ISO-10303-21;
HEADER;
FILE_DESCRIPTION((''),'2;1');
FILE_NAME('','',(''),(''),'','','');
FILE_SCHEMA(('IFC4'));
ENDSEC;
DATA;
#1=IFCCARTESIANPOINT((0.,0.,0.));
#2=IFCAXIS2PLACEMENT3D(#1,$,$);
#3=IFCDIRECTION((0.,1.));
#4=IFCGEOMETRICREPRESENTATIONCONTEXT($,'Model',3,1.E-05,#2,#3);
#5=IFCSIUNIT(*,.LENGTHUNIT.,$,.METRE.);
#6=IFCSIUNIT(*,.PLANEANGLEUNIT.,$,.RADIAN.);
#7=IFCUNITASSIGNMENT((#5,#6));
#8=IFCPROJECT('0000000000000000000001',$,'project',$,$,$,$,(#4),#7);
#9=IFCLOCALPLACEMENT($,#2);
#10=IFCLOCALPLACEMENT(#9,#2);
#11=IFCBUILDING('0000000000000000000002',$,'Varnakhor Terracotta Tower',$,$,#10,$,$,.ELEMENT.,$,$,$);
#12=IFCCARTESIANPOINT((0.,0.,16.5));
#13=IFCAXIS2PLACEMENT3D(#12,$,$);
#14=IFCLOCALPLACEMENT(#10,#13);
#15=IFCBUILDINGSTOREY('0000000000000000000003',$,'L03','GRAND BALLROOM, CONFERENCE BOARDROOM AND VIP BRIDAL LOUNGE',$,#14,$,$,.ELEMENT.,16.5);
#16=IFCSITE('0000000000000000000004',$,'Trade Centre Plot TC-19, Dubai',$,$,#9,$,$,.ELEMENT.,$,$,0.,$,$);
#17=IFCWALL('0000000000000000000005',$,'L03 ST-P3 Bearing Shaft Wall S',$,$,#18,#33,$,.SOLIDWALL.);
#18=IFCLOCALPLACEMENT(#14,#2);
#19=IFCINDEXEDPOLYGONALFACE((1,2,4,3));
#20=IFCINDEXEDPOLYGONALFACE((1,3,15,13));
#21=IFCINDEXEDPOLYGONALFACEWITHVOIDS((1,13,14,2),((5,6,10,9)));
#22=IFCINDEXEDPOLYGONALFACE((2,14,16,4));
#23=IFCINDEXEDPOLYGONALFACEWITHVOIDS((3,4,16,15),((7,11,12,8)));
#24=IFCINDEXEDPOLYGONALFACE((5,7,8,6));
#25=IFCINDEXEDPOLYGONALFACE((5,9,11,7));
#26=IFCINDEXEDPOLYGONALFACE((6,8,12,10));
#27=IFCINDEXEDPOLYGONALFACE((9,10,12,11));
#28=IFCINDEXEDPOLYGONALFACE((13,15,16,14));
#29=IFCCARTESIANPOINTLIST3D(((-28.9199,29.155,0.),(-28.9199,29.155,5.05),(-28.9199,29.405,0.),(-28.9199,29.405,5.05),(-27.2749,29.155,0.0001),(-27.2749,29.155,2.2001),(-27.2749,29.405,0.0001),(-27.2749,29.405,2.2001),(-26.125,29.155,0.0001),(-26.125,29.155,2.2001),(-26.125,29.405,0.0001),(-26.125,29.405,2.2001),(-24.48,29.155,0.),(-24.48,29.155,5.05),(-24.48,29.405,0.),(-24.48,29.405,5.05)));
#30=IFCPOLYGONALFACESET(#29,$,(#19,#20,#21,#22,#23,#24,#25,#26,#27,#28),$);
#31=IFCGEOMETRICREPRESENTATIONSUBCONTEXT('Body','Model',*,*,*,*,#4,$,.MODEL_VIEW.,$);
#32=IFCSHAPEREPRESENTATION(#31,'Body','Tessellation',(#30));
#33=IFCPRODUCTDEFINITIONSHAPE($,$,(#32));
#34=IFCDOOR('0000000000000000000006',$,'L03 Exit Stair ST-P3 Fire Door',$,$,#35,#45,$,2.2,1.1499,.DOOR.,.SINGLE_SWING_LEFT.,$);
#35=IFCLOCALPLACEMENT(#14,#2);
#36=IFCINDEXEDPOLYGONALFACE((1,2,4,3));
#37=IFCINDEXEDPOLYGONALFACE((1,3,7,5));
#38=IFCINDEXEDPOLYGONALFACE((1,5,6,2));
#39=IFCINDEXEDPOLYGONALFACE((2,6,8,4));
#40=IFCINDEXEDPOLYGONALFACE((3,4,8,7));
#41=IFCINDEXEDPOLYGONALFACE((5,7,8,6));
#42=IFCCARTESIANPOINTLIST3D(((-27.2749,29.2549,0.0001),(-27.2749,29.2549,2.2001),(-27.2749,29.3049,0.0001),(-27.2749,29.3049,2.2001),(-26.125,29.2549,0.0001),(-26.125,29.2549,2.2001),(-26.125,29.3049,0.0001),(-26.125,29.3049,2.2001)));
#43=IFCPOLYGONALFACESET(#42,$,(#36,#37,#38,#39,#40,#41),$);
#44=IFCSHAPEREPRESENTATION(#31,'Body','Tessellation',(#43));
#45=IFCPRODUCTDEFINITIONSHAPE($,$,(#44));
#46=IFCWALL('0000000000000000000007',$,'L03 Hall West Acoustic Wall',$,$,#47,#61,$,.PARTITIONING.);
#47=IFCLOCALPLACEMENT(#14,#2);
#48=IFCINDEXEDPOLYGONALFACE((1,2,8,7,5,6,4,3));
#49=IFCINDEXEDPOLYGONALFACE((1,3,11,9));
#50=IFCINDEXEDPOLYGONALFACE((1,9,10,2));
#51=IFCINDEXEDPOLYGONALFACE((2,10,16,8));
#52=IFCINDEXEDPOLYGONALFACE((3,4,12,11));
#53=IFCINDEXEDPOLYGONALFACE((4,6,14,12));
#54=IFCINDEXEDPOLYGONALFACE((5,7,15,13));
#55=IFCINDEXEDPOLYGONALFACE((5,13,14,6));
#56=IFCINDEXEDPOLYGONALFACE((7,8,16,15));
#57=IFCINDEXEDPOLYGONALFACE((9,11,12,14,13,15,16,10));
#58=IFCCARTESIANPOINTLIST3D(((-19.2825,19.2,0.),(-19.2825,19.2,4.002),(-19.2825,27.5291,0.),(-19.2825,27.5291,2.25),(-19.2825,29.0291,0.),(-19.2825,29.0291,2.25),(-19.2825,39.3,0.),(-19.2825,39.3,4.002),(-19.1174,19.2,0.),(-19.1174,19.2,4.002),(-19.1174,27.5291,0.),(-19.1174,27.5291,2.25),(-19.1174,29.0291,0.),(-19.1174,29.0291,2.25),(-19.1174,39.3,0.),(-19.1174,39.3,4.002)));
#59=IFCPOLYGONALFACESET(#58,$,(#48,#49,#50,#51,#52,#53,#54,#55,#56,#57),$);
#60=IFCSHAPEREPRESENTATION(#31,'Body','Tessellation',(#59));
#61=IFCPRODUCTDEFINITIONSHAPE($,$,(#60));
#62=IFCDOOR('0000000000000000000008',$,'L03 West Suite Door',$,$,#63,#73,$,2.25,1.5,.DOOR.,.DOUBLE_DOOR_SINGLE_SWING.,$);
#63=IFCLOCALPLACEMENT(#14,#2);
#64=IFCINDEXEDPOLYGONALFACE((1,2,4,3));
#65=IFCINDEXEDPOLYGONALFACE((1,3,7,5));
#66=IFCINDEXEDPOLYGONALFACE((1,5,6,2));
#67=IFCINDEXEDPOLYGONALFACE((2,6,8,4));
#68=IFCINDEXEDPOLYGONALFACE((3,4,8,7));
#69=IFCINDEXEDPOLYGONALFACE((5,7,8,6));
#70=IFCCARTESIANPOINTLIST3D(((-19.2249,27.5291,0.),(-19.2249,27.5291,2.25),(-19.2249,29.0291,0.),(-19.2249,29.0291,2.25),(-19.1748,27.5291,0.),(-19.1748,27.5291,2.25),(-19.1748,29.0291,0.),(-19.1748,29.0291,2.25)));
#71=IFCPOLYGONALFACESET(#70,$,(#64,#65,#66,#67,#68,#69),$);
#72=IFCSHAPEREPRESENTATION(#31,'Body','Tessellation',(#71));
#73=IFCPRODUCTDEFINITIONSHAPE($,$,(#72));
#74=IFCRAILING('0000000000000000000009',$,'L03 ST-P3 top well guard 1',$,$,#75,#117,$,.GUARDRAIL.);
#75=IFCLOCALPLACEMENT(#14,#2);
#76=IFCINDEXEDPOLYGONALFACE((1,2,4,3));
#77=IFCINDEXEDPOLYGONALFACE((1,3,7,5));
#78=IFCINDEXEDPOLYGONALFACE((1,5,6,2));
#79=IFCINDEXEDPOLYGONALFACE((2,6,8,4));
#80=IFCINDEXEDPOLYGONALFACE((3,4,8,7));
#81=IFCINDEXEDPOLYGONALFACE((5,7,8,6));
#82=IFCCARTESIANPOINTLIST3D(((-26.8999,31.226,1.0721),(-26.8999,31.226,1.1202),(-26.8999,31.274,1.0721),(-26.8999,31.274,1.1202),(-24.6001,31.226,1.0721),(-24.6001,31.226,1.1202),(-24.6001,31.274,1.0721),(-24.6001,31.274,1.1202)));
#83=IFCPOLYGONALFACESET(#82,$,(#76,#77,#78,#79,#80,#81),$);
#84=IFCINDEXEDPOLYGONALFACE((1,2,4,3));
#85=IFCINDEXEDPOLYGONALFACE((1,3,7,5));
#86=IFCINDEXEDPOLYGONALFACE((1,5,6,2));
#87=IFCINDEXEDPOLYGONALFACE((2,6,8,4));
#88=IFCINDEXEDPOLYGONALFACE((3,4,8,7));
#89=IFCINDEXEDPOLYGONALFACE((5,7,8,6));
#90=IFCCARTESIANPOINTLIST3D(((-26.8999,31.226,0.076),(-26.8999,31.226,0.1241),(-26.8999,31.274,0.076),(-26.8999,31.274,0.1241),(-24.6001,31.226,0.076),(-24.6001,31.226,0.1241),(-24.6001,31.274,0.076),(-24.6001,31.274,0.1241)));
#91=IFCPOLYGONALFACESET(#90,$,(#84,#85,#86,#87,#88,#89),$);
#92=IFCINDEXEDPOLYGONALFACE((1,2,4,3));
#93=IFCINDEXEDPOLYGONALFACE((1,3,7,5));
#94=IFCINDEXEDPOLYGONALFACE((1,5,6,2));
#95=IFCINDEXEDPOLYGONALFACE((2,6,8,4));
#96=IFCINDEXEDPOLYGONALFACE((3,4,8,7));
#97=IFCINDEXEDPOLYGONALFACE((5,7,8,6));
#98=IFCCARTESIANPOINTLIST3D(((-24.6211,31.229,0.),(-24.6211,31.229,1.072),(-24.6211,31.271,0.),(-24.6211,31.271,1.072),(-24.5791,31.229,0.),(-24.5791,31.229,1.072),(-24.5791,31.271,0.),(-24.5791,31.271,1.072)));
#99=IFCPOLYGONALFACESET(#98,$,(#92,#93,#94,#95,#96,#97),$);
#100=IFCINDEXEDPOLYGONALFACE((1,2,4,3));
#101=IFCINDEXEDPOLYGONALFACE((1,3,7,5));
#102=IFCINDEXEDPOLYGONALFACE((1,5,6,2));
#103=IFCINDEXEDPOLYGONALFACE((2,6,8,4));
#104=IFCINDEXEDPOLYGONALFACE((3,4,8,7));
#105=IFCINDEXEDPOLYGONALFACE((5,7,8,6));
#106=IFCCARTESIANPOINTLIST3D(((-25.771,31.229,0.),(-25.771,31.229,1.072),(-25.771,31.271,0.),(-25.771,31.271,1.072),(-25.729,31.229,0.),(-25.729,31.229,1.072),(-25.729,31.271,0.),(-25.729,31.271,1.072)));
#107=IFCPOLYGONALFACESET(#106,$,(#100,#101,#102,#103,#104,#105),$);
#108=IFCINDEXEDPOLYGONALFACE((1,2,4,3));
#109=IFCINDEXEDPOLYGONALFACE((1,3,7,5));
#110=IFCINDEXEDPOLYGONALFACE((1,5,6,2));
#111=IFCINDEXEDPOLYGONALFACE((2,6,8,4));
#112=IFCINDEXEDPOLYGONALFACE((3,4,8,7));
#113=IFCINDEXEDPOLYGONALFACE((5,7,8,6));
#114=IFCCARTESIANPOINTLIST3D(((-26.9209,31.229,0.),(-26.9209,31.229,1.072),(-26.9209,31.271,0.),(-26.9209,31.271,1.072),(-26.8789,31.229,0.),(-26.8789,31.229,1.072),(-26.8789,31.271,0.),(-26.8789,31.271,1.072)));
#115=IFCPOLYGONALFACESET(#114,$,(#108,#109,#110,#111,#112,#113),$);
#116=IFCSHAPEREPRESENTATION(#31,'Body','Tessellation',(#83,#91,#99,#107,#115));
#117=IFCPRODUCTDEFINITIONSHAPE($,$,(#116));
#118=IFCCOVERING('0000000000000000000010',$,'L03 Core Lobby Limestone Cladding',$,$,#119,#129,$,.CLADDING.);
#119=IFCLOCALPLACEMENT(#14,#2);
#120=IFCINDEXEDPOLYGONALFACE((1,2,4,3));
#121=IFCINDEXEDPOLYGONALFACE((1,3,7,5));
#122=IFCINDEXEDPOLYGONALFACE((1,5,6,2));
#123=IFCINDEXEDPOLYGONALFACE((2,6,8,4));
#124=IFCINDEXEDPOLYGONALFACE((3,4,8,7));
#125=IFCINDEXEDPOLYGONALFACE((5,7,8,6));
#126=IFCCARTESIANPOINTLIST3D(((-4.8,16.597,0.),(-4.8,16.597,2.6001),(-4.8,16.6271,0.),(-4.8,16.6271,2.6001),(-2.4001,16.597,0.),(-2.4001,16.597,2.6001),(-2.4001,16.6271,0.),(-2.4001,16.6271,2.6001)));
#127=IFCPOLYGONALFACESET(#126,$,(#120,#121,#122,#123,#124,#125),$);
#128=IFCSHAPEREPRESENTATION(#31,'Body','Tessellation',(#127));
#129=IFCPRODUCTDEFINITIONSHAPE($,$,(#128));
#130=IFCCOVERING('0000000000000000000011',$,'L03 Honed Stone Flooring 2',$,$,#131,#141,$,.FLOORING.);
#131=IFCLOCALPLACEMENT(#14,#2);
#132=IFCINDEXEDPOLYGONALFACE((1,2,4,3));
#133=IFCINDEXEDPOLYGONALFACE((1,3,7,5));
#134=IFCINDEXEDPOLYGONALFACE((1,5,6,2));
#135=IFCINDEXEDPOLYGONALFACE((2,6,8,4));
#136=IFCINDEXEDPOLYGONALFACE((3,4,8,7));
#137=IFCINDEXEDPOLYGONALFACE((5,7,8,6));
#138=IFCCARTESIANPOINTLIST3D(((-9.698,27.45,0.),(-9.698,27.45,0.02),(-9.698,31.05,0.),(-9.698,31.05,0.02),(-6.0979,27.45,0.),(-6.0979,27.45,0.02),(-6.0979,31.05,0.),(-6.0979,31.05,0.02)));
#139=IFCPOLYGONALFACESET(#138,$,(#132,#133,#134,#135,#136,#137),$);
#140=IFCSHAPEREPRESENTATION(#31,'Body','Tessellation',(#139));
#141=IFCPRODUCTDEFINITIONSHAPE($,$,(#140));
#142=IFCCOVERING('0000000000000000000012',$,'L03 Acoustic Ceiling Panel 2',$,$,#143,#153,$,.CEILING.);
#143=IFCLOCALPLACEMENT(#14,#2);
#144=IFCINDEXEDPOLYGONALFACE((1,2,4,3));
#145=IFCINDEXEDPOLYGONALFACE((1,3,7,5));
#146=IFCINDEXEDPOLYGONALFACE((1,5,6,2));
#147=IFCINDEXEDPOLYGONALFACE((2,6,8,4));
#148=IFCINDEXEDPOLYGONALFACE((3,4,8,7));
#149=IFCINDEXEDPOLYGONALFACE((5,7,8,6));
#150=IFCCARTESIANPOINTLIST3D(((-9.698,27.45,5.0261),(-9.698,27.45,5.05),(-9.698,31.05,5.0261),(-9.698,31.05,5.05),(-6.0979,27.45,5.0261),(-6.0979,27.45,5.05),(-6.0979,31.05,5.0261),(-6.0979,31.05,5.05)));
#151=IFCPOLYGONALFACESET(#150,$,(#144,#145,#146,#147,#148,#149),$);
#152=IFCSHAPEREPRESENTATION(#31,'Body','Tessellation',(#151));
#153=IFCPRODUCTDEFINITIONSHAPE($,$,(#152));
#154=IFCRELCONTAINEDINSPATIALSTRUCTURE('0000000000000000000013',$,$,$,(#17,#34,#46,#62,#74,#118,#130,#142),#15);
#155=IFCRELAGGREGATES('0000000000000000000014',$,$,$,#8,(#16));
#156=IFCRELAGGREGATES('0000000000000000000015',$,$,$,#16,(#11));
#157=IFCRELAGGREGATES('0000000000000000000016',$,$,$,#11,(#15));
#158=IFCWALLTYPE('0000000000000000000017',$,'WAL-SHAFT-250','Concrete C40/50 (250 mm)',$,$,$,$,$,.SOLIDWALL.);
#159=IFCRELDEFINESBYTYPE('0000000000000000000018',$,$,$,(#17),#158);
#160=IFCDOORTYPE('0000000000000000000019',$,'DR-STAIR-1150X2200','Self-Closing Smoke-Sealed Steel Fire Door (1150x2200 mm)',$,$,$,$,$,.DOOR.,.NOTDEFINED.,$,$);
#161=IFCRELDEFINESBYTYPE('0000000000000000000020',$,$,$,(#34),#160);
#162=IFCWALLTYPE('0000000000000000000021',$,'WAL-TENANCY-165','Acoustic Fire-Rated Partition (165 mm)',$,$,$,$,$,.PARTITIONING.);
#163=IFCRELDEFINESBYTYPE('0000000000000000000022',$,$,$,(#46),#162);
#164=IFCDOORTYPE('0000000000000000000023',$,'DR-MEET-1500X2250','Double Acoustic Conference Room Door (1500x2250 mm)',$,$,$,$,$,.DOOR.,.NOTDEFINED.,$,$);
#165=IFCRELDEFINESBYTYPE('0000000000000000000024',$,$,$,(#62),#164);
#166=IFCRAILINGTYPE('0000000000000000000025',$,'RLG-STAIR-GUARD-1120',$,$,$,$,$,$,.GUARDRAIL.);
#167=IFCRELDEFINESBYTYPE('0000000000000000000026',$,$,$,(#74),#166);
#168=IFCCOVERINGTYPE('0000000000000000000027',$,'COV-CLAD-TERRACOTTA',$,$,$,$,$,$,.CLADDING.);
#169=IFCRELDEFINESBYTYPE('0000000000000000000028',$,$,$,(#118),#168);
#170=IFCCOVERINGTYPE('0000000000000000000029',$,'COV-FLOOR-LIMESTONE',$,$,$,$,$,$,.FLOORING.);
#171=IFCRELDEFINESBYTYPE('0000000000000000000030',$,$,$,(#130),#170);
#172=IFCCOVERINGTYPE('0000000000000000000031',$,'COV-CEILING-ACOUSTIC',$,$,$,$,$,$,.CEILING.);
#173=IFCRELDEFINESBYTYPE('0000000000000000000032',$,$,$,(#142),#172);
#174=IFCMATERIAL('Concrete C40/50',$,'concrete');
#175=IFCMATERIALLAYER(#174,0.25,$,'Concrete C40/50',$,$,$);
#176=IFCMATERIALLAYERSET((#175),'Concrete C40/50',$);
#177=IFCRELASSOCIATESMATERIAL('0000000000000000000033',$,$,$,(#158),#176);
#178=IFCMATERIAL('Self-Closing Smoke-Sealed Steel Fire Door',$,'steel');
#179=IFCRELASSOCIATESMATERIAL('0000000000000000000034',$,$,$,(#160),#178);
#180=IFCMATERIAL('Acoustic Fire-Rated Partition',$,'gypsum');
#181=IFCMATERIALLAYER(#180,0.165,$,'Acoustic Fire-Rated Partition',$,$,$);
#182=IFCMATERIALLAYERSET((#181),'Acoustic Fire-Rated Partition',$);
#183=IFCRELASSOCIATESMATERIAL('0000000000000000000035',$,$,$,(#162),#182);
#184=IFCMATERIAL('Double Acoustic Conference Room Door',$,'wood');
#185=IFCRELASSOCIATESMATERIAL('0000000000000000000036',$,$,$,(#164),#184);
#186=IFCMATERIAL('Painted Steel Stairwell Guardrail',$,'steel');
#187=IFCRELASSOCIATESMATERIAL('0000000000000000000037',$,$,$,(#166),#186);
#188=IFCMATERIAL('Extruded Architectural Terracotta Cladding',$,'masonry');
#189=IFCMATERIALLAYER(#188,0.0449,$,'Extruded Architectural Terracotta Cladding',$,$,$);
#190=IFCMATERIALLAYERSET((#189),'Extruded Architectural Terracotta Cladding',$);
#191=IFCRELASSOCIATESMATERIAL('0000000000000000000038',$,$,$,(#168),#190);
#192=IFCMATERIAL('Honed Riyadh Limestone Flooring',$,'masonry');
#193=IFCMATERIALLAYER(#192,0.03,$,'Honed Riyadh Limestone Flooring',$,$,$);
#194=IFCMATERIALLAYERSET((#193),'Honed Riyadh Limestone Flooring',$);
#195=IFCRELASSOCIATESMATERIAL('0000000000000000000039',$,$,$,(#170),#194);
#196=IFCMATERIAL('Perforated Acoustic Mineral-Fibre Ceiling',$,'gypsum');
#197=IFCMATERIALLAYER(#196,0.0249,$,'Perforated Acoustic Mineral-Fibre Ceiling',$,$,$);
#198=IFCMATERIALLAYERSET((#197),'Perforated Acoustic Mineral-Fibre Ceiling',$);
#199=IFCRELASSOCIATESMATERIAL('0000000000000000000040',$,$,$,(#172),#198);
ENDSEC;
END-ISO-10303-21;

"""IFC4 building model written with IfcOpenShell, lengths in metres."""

from ifc_helpers import new_model, si_unit, direction, frame, frame_2d, origin, origin_2d, place, context, subcontext, project, spatial, rectangle, extrude, source, transform, mapped, material, layer, layer_set, type_object, type_shapes, element, fill, save


model = new_model("IFC4")

# Units and contexts
model_context = context("Model", 3, precision=1e-05, world=origin(), true_north=direction((0.0, 1.0)))
body_context = subcontext(model_context, "Body", "Model", "MODEL_VIEW")
ifc_project = project(units=[si_unit("LENGTHUNIT", "METRE"), si_unit("PLANEANGLEUNIT", "RADIAN")], contexts=[model_context])

# Site, building, storey
site_placement = place(None, origin())
site = spatial("IfcSite", under=ifc_project, at=site_placement, Name="Trade Centre Plot TC-19, Dubai", CompositionType="ELEMENT", RefElevation=0.0)
building_placement = place(site_placement, origin())
building = spatial("IfcBuilding", under=site, at=building_placement, Name="Varnakhor Terracotta Tower", CompositionType="ELEMENT")
storey_placement = place(building_placement, frame((0.0, 0.0, 16.5)))
storey = spatial("IfcBuildingStorey", under=building, at=storey_placement, Name="L03", Description="GRAND BALLROOM, CONFERENCE BOARDROOM AND VIP BRIDAL LOUNGE", CompositionType="ELEMENT", Elevation=16.5)

# Shared definitions
ifc_material_1 = material(Name="Concrete C40/50", Category="concrete")
ifc_layer_1 = layer(ifc_material_1, 0.25, Name="Concrete C40/50")
ifc_layer_set_1 = layer_set([ifc_layer_1], Name="Concrete C40/50")
wall_type_1 = type_object("IfcWallType", Name="WAL-SHAFT-250", Description="Concrete C40/50 (250 mm)", PredefinedType="SOLIDWALL", material=ifc_layer_set_1)

# Walls, openings, doors
wall_1_placement = place(storey_placement, frame((-28.9199, 29.28, 0.0), z_axis=(0.0, 0.0, 1.0), x_axis=(1.0, 0.0, 0.0)))
wall_1 = element("IfcWall", 1, at=wall_1_placement, inside=storey, type_object=wall_type_1, Name="L03 ST-P3 Bearing Shaft Wall S", PredefinedType="SOLIDWALL", context=body_context, shape_type="SweptSolid", body=[
    extrude(rectangle(XDim=4.4399, YDim=0.25, at=frame_2d((2.22, 0.0))), origin(), (0.0, 0.0, 1.0), 5.05),
])
opening_1_placement = place(wall_1_placement, frame((1.645, 0.0, 0.0)))
opening_1 = element("IfcOpeningElement", 2, at=opening_1_placement, cuts=wall_1, PredefinedType="OPENING", context=body_context, shape_type="SweptSolid", body=[
    extrude(rectangle(XDim=1.1499, YDim=2.2, at=frame_2d((0.575, 1.1001))), frame((0.0, 0.135, 0.0), z_axis=(0.0, -1.0, 0.0), x_axis=(1.0, 0.0, 0.0)), (0.0, 0.0, 1.0), 0.27),
])
ifc_material_2 = material(Name="Self-Closing Smoke-Sealed Steel Fire Door", Category="steel")
door_type_1 = type_object("IfcDoorType", Name="DR-STAIR-1150X2200", Description="Self-Closing Smoke-Sealed Steel Fire Door (1150x2200 mm)", OperationType="NOTDEFINED", PredefinedType="DOOR", material=ifc_material_2)
shared_shape_1 = source(origin(), body_context, "Body", "SweptSolid", [
    extrude(rectangle(XDim=1.1499, YDim=2.2, at=frame_2d((0.575, 1.1001))), frame((0.0, 0.0249, 0.0), z_axis=(0.0, -1.0, 0.0), x_axis=(1.0, 0.0, 0.0)), (0.0, 0.0, 1.0), 0.05),
])
type_shapes(door_type_1, [shared_shape_1])
door_1_placement = place(opening_1_placement, origin())
door_1 = element("IfcDoor", 3, at=door_1_placement, inside=storey, type_object=door_type_1, Name="L03 Exit Stair ST-P3 Fire Door", OperationType="SINGLE_SWING_LEFT", OverallHeight=2.2, OverallWidth=1.1499, PredefinedType="DOOR", context=body_context, shape_type="MappedRepresentation", body=[
    mapped(shared_shape_1, transform((0.0, 0.0, 0.0), scale=1.0)),
])
fill(opening_1, door_1)
ifc_material_3 = material(Name="Acoustic Fire-Rated Partition", Category="gypsum")
ifc_layer_2 = layer(ifc_material_3, 0.165, Name="Acoustic Fire-Rated Partition")
ifc_layer_set_2 = layer_set([ifc_layer_2], Name="Acoustic Fire-Rated Partition")
wall_type_2 = type_object("IfcWallType", Name="WAL-TENANCY-165", Description="Acoustic Fire-Rated Partition (165 mm)", PredefinedType="PARTITIONING", material=ifc_layer_set_2)
wall_2_placement = place(storey_placement, frame((-19.2, 19.2, 0.0), z_axis=(0.0, 0.0, 1.0), x_axis=(0.0, 1.0, 0.0)))
wall_2 = element("IfcWall", 4, at=wall_2_placement, inside=storey, type_object=wall_type_2, Name="L03 Hall West Acoustic Wall", PredefinedType="PARTITIONING", context=body_context, shape_type="SweptSolid", body=[
    extrude(rectangle(XDim=20.1001, YDim=0.165, at=frame_2d((10.05, 0.0))), origin(), (0.0, 0.0, 1.0), 4.002),
])
opening_2_placement = place(wall_2_placement, frame((8.3291, 0.0, 0.0)))
opening_2 = element("IfcOpeningElement", 5, at=opening_2_placement, cuts=wall_2, PredefinedType="OPENING", context=body_context, shape_type="SweptSolid", body=[
    extrude(rectangle(XDim=1.5, YDim=2.25, at=frame_2d((0.75, 1.125))), frame((0.0, 0.0925, 0.0), z_axis=(0.0, -1.0, 0.0), x_axis=(1.0, 0.0, 0.0)), (0.0, 0.0, 1.0), 0.1851),
])
ifc_material_4 = material(Name="Double Acoustic Conference Room Door", Category="wood")
door_type_2 = type_object("IfcDoorType", Name="DR-MEET-1500X2250", Description="Double Acoustic Conference Room Door (1500x2250 mm)", OperationType="NOTDEFINED", PredefinedType="DOOR", material=ifc_material_4)
shared_shape_2 = source(origin(), body_context, "Body", "SweptSolid", [
    extrude(rectangle(XDim=1.5, YDim=2.25, at=frame_2d((0.75, 1.125))), frame((0.0, 0.0249, 0.0), z_axis=(0.0, -1.0, 0.0), x_axis=(1.0, 0.0, 0.0)), (0.0, 0.0, 1.0), 0.05),
])
type_shapes(door_type_2, [shared_shape_2])
door_2_placement = place(opening_2_placement, origin())
door_2 = element("IfcDoor", 6, at=door_2_placement, inside=storey, type_object=door_type_2, Name="L03 West Suite Door", OperationType="DOUBLE_DOOR_SINGLE_SWING", OverallHeight=2.25, OverallWidth=1.5, PredefinedType="DOOR", context=body_context, shape_type="MappedRepresentation", body=[
    mapped(shared_shape_2, transform((0.0, 0.0, 0.0), scale=1.0)),
])
fill(opening_2, door_2)

# Railing
ifc_material_5 = material(Name="Painted Steel Stairwell Guardrail", Category="steel")
railing_type = type_object("IfcRailingType", Name="RLG-STAIR-GUARD-1120", PredefinedType="GUARDRAIL", material=ifc_material_5)
railing_placement = place(storey_placement, frame((-24.6001, 31.25, 0.0)))
element("IfcRailing", 7, at=railing_placement, inside=storey, type_object=railing_type, Name="L03 ST-P3 top well guard 1", PredefinedType="GUARDRAIL", context=body_context, shape_type="SweptSolid", body=[
    extrude(rectangle(XDim=0.0481, YDim=0.0481, at=origin_2d()), frame((0.0, 0.0, 1.0962), z_axis=(-1.0, 0.0, 0.0), x_axis=(0.0, -1.0, 0.0)), (0.0, 0.0, 1.0), 2.2998),
    extrude(rectangle(XDim=0.0481, YDim=0.0481, at=origin_2d()), frame((0.0, 0.0, 0.1001), z_axis=(-1.0, 0.0, 0.0), x_axis=(0.0, -1.0, 0.0)), (0.0, 0.0, 1.0), 2.2998),
    extrude(rectangle(XDim=0.042, YDim=0.042, at=origin_2d()), origin(), (0.0, 0.0, 1.0), 1.072),
    extrude(rectangle(XDim=0.042, YDim=0.042, at=origin_2d()), frame((-1.1499, 0.0, 0.0)), (0.0, 0.0, 1.0), 1.072),
    extrude(rectangle(XDim=0.042, YDim=0.042, at=origin_2d()), frame((-2.2998, 0.0, 0.0)), (0.0, 0.0, 1.0), 1.072),
])

# Coverings
ifc_material_6 = material(Name="Extruded Architectural Terracotta Cladding", Category="masonry")
ifc_layer_3 = layer(ifc_material_6, 0.0449, Name="Extruded Architectural Terracotta Cladding")
ifc_layer_set_3 = layer_set([ifc_layer_3], Name="Extruded Architectural Terracotta Cladding")
covering_type_1 = type_object("IfcCoveringType", Name="COV-CLAD-TERRACOTTA", PredefinedType="CLADDING", material=ifc_layer_set_3)
shared_shape_3 = source(origin(), body_context, "Body", "SweptSolid", [
    extrude(rectangle(XDim=2.3999, YDim=0.03, at=origin_2d()), origin(), (0.0, 0.0, 1.0), 2.6001),
])
type_shapes(covering_type_1, [shared_shape_3])
covering_1_placement = place(storey_placement, frame((-3.6001, 16.6121, 0.0), z_axis=(0.0, 0.0, 1.0), x_axis=(1.0, 0.0, 0.0)))
element("IfcCovering", 8, at=covering_1_placement, inside=storey, type_object=covering_type_1, Name="L03 Core Lobby Limestone Cladding", PredefinedType="CLADDING", context=body_context, shape_type="MappedRepresentation", body=[
    mapped(shared_shape_3, transform((0.0, 0.0, 0.0), scale=1.0)),
])
ifc_material_7 = material(Name="Honed Riyadh Limestone Flooring", Category="masonry")
ifc_layer_4 = layer(ifc_material_7, 0.03, Name="Honed Riyadh Limestone Flooring")
ifc_layer_set_4 = layer_set([ifc_layer_4], Name="Honed Riyadh Limestone Flooring")
covering_type_2 = type_object("IfcCoveringType", Name="COV-FLOOR-LIMESTONE", PredefinedType="FLOORING", material=ifc_layer_set_4)
shared_shape_4 = source(origin(), body_context, "Body", "SweptSolid", [
    extrude(rectangle(XDim=3.6001, YDim=3.6001, at=origin_2d()), origin(), (0.0, 0.0, 1.0), 0.02),
])
covering_2_placement = place(storey_placement, frame((-7.8979, 29.25, 0.0), z_axis=(0.0, 0.0, 1.0), x_axis=(1.0, 0.0, 0.0)))
element("IfcCovering", 9, at=covering_2_placement, inside=storey, type_object=covering_type_2, Name="L03 Honed Stone Flooring 2", PredefinedType="FLOORING", context=body_context, shape_type="MappedRepresentation", body=[
    mapped(shared_shape_4, transform((0.0, 0.0, 0.0), scale=1.0)),
])
ifc_material_8 = material(Name="Perforated Acoustic Mineral-Fibre Ceiling", Category="gypsum")
ifc_layer_5 = layer(ifc_material_8, 0.0249, Name="Perforated Acoustic Mineral-Fibre Ceiling")
ifc_layer_set_5 = layer_set([ifc_layer_5], Name="Perforated Acoustic Mineral-Fibre Ceiling")
covering_type_3 = type_object("IfcCoveringType", Name="COV-CEILING-ACOUSTIC", PredefinedType="CEILING", material=ifc_layer_set_5)
shared_shape_5 = source(origin(), body_context, "Body", "SweptSolid", [
    extrude(rectangle(XDim=3.6001, YDim=3.6001, at=origin_2d()), origin(), (0.0, 0.0, 1.0), 0.0239),
])
covering_3_placement = place(storey_placement, frame((-7.8979, 29.25, 5.0261), z_axis=(0.0, 0.0, 1.0), x_axis=(1.0, 0.0, 0.0)))
element("IfcCovering", 10, at=covering_3_placement, inside=storey, type_object=covering_type_3, Name="L03 Acoustic Ceiling Panel 2", PredefinedType="CEILING", context=body_context, shape_type="MappedRepresentation", body=[
    mapped(shared_shape_5, transform((0.0, 0.0, 0.0), scale=1.0)),
])

save(model, "model.ifc")
